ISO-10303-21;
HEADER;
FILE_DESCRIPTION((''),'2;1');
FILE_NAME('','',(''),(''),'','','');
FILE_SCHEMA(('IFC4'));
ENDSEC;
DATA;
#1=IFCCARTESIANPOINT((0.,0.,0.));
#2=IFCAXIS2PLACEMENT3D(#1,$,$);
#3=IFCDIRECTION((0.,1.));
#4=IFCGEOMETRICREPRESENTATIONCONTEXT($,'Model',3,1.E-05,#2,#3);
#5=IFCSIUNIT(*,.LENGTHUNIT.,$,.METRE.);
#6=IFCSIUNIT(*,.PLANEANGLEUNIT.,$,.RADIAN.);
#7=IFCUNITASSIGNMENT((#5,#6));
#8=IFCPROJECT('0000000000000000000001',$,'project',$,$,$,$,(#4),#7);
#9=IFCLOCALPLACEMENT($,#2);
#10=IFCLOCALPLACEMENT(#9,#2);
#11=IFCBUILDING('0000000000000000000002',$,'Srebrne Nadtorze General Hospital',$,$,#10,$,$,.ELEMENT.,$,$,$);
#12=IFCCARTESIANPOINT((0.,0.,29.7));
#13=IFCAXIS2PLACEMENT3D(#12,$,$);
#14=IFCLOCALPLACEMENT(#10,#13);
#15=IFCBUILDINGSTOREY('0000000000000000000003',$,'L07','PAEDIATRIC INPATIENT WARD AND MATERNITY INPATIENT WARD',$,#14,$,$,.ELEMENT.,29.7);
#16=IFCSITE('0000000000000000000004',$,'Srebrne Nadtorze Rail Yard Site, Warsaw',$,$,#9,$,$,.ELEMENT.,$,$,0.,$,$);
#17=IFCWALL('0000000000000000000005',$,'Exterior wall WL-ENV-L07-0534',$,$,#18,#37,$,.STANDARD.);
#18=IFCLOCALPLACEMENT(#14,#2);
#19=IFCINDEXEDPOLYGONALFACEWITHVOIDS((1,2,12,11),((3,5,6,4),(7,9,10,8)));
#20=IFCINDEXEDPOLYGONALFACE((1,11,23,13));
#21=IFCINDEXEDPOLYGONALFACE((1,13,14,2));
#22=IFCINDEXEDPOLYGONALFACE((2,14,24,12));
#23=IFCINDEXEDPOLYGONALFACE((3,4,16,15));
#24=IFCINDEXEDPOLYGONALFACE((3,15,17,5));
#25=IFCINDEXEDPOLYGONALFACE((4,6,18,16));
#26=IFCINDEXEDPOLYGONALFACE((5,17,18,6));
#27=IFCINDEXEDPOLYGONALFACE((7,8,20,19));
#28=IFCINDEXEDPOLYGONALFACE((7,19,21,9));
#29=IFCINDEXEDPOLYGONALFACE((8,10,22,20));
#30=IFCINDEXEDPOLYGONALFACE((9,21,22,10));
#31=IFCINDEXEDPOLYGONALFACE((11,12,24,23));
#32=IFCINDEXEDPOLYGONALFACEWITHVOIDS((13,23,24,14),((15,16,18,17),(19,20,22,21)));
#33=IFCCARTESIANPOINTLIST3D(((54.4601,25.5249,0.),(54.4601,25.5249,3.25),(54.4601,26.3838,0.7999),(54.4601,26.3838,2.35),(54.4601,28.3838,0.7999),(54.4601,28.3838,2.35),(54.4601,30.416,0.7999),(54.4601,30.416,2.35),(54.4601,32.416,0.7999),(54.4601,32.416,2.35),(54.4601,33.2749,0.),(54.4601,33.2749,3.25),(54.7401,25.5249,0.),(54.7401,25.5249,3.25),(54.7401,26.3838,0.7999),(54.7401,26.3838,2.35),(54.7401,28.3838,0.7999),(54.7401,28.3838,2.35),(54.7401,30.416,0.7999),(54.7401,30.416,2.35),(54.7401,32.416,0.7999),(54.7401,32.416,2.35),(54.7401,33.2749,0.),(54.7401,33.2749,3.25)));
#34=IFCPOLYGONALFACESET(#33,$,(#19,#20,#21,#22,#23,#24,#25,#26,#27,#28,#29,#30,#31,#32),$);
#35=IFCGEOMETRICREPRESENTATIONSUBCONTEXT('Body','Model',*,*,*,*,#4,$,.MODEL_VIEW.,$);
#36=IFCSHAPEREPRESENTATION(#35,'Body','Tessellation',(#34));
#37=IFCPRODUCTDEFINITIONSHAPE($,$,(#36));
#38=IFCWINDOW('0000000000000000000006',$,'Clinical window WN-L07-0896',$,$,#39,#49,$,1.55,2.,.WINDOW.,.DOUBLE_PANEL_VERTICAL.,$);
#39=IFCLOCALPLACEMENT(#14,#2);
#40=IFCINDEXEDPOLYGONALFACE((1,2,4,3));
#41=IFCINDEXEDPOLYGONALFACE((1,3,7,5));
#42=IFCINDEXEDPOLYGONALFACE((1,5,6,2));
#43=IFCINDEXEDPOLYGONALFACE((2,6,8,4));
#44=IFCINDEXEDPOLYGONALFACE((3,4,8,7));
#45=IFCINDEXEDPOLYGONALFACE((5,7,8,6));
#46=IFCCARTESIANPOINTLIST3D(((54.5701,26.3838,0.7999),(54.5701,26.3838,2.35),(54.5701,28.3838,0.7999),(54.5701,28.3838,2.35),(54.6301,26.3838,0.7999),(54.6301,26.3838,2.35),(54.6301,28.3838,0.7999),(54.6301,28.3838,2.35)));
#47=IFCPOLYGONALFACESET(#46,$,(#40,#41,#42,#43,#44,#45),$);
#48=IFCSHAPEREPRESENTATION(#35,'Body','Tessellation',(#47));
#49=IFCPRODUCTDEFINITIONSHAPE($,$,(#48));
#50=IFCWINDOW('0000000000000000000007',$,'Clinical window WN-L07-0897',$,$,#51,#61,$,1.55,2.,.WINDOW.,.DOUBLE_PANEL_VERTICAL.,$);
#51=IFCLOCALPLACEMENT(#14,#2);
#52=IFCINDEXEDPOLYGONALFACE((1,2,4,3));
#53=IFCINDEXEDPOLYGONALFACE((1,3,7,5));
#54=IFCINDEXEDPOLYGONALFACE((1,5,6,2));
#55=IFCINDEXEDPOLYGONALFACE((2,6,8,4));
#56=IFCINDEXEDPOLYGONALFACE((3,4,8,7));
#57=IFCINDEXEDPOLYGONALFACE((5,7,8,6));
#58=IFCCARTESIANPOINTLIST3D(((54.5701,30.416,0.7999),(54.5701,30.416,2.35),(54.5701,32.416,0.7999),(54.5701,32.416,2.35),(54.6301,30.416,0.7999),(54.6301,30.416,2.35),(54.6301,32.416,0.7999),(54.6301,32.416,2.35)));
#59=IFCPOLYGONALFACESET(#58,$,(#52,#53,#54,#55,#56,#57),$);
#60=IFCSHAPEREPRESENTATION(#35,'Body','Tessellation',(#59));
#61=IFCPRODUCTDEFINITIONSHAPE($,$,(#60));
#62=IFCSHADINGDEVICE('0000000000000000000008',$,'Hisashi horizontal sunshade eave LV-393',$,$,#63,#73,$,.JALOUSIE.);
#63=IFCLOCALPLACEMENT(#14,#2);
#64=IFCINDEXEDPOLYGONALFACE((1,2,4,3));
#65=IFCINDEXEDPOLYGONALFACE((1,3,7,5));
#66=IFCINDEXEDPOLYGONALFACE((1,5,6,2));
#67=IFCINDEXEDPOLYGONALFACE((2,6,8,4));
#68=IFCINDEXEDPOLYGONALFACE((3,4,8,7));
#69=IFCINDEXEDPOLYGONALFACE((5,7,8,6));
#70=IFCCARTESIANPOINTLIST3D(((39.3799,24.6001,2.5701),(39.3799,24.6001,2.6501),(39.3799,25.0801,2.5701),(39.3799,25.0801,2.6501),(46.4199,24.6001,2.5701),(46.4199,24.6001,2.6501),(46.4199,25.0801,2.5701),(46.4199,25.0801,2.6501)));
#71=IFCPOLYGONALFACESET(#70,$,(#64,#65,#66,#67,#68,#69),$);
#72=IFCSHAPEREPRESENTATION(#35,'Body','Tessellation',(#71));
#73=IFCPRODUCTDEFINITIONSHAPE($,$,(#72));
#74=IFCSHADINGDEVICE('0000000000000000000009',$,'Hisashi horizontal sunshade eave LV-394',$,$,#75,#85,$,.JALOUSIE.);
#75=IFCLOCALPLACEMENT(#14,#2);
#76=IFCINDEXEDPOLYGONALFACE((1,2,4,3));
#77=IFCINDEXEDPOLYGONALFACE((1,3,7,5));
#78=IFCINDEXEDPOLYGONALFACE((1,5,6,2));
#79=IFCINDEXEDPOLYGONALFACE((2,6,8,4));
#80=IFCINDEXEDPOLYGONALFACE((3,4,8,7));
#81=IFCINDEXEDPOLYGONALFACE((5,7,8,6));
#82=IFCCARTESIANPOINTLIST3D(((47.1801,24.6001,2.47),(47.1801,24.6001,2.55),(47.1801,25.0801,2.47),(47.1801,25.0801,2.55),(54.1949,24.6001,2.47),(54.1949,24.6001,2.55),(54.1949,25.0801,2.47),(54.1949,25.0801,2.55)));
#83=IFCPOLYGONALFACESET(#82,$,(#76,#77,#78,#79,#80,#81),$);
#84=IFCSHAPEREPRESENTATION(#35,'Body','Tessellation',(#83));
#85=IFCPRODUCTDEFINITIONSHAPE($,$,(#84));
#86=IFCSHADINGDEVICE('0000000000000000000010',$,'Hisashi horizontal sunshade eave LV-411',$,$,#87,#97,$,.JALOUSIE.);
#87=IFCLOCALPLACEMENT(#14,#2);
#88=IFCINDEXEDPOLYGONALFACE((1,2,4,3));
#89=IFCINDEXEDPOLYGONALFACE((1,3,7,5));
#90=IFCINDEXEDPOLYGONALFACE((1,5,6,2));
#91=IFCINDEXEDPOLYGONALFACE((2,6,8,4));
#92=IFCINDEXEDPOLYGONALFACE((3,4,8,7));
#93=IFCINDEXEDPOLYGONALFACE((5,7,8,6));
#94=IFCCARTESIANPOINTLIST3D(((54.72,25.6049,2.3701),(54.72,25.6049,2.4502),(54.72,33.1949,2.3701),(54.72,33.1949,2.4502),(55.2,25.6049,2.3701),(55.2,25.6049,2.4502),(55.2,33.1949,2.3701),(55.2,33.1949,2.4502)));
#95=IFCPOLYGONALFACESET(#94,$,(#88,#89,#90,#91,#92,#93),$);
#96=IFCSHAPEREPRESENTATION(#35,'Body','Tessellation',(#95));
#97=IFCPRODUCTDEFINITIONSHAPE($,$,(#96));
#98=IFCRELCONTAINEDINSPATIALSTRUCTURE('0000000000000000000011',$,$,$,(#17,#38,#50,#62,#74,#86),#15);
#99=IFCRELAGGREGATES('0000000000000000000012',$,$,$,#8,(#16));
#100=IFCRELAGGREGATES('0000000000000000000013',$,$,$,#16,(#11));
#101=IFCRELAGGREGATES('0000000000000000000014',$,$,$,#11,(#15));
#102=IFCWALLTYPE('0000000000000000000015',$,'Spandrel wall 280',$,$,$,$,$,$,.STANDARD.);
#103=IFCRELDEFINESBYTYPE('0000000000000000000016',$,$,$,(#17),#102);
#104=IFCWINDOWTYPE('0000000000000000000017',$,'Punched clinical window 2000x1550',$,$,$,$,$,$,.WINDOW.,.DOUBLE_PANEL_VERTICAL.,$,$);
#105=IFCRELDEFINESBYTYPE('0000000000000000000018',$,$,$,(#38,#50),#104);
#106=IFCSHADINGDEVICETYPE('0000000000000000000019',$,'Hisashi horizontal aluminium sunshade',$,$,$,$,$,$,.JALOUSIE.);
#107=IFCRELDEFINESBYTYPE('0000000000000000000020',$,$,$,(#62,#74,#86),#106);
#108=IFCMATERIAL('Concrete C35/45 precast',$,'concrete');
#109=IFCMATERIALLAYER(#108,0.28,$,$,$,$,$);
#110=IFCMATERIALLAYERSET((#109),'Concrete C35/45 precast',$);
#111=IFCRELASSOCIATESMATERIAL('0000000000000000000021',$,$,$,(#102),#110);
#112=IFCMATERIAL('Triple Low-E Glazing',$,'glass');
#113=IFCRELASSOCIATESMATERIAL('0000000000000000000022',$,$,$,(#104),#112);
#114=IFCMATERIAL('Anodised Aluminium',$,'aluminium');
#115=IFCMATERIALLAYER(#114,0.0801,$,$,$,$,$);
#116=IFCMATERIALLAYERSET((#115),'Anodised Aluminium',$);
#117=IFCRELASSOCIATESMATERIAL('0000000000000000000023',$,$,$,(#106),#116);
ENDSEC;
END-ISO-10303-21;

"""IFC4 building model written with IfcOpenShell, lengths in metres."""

from ifc_helpers import new_model, si_unit, direction, frame, frame_2d, origin, origin_2d, place, context, subcontext, project, spatial, rectangle, extrude, material, layer, layer_set, type_object, element, fill, save


model = new_model("IFC4")

# Units and contexts
model_context = context("Model", 3, precision=1e-05, world=origin(), true_north=direction((0.0, 1.0)))
body_context = subcontext(model_context, "Body", "Model", "MODEL_VIEW")
ifc_project = project(units=[si_unit("LENGTHUNIT", "METRE"), si_unit("PLANEANGLEUNIT", "RADIAN")], contexts=[model_context])

# Site, building, storey
site_placement = place(None, origin())
site = spatial("IfcSite", under=ifc_project, at=site_placement, Name="Srebrne Nadtorze Rail Yard Site, Warsaw", CompositionType="ELEMENT", RefElevation=0.0)
building_placement = place(site_placement, origin())
building = spatial("IfcBuilding", under=site, at=building_placement, Name="Srebrne Nadtorze General Hospital", CompositionType="ELEMENT")
storey_placement = place(building_placement, frame((0.0, 0.0, 29.7)))
storey = spatial("IfcBuildingStorey", under=building, at=storey_placement, Name="L07", Description="PAEDIATRIC INPATIENT WARD AND MATERNITY INPATIENT WARD", CompositionType="ELEMENT", Elevation=29.7)

# Wall, openings, windows
ifc_material_1 = material(Name="Concrete C35/45 precast", Category="concrete")
ifc_layer_1 = layer(ifc_material_1, 0.28)
ifc_layer_set_1 = layer_set([ifc_layer_1], Name="Concrete C35/45 precast")
wall_type_1 = type_object("IfcWallType", Name="Spandrel wall 280", PredefinedType="STANDARD", material=ifc_layer_set_1)
wall_1_placement = place(storey_placement, frame((54.6001, 25.5249, 0.0), z_axis=(0.0, 0.0, 1.0), x_axis=(0.0, 1.0, 0.0)))
wall_1 = element("IfcWall", 1, at=wall_1_placement, inside=storey, type_object=wall_type_1, Name="Exterior wall WL-ENV-L07-0534", PredefinedType="STANDARD", context=body_context, shape_type="SweptSolid", body=[
    extrude(rectangle(XDim=7.75, YDim=0.28, at=frame_2d((3.875, 0.0))), origin(), (0.0, 0.0, 1.0), 3.25),
])
opening_1_placement = place(wall_1_placement, frame((0.8589, 0.0, 0.8)))
opening_1 = element("IfcOpeningElement", 2, at=opening_1_placement, cuts=wall_1, PredefinedType="OPENING", context=body_context, shape_type="SweptSolid", body=[
    extrude(rectangle(XDim=2.0, YDim=1.55, at=frame_2d((1.0, 0.7749))), frame((0.0, 0.1519, 0.0), z_axis=(0.0, -1.0, 0.0), x_axis=(1.0, 0.0, 0.0)), (0.0, 0.0, 1.0), 0.304),
])
opening_2_placement = place(wall_1_placement, frame((4.8911, 0.0, 0.8)))
opening_2 = element("IfcOpeningElement", 3, at=opening_2_placement, cuts=wall_1, PredefinedType="OPENING", context=body_context, shape_type="SweptSolid", body=[
    extrude(rectangle(XDim=2.0, YDim=1.55, at=frame_2d((1.0, 0.7749))), frame((0.0, 0.1519, 0.0), z_axis=(0.0, -1.0, 0.0), x_axis=(1.0, 0.0, 0.0)), (0.0, 0.0, 1.0), 0.304),
])
ifc_material_2 = material(Name="Triple Low-E Glazing", Category="glass")
window_type_1 = type_object("IfcWindowType", Name="Punched clinical window 2000x1550", PartitioningType="DOUBLE_PANEL_VERTICAL", PredefinedType="WINDOW", material=ifc_material_2)
window_1_placement = place(opening_1_placement, origin())
window_1 = element("IfcWindow", 4, at=window_1_placement, inside=storey, type_object=window_type_1, Name="Clinical window WN-L07-0896", OverallHeight=1.55, OverallWidth=2.0, PartitioningType="DOUBLE_PANEL_VERTICAL", PredefinedType="WINDOW", context=body_context, shape_type="SweptSolid", body=[
    extrude(rectangle(XDim=2.0, YDim=1.55, at=frame_2d((1.0, 0.7749))), frame((0.0, 0.03, 0.0), z_axis=(0.0, -1.0, 0.0), x_axis=(1.0, 0.0, 0.0)), (0.0, 0.0, 1.0), 0.0601),
])
fill(opening_1, window_1)
window_2_placement = place(opening_2_placement, origin())
window_2 = element("IfcWindow", 5, at=window_2_placement, inside=storey, type_object=window_type_1, Name="Clinical window WN-L07-0897", OverallHeight=1.55, OverallWidth=2.0, PartitioningType="DOUBLE_PANEL_VERTICAL", PredefinedType="WINDOW", context=body_context, shape_type="SweptSolid", body=[
    extrude(rectangle(XDim=2.0, YDim=1.55, at=frame_2d((1.0, 0.7749))), frame((0.0, 0.03, 0.0), z_axis=(0.0, -1.0, 0.0), x_axis=(1.0, 0.0, 0.0)), (0.0, 0.0, 1.0), 0.0601),
])
fill(opening_2, window_2)

# Shading devices
ifc_material_3 = material(Name="Anodised Aluminium", Category="aluminium")
ifc_layer_2 = layer(ifc_material_3, 0.0801)
ifc_layer_set_2 = layer_set([ifc_layer_2], Name="Anodised Aluminium")
shading_device_type = type_object("IfcShadingDeviceType", Name="Hisashi horizontal aluminium sunshade", PredefinedType="JALOUSIE", material=ifc_layer_set_2)
shading_device_1_placement = place(storey_placement, frame((42.8999, 24.8401, 2.5701), z_axis=(0.0, 0.0, 1.0), x_axis=(1.0, 0.0, 0.0)))
element("IfcShadingDevice", 6, at=shading_device_1_placement, inside=storey, type_object=shading_device_type, Name="Hisashi horizontal sunshade eave LV-393", PredefinedType="JALOUSIE", context=body_context, shape_type="SweptSolid", body=[
    extrude(rectangle(XDim=7.04, YDim=0.48, at=origin_2d()), origin(), (0.0, 0.0, 1.0), 0.0801),
])
shading_device_2_placement = place(storey_placement, frame((50.6875, 24.8401, 2.47), z_axis=(0.0, 0.0, 1.0), x_axis=(1.0, 0.0, 0.0)))
element("IfcShadingDevice", 7, at=shading_device_2_placement, inside=storey, type_object=shading_device_type, Name="Hisashi horizontal sunshade eave LV-394", PredefinedType="JALOUSIE", context=body_context, shape_type="SweptSolid", body=[
    extrude(rectangle(XDim=7.0149, YDim=0.48, at=origin_2d()), origin(), (0.0, 0.0, 1.0), 0.0801),
])
shading_device_3_placement = place(storey_placement, frame((54.96, 29.3999, 2.3701), z_axis=(0.0, 0.0, 1.0), x_axis=(1.0, 0.0, 0.0)))
element("IfcShadingDevice", 8, at=shading_device_3_placement, inside=storey, type_object=shading_device_type, Name="Hisashi horizontal sunshade eave LV-411", PredefinedType="JALOUSIE", context=body_context, shape_type="SweptSolid", body=[
    extrude(rectangle(XDim=0.48, YDim=7.5901, at=origin_2d()), origin(), (0.0, 0.0, 1.0), 0.0801),
])

save(model, "model.ifc")
